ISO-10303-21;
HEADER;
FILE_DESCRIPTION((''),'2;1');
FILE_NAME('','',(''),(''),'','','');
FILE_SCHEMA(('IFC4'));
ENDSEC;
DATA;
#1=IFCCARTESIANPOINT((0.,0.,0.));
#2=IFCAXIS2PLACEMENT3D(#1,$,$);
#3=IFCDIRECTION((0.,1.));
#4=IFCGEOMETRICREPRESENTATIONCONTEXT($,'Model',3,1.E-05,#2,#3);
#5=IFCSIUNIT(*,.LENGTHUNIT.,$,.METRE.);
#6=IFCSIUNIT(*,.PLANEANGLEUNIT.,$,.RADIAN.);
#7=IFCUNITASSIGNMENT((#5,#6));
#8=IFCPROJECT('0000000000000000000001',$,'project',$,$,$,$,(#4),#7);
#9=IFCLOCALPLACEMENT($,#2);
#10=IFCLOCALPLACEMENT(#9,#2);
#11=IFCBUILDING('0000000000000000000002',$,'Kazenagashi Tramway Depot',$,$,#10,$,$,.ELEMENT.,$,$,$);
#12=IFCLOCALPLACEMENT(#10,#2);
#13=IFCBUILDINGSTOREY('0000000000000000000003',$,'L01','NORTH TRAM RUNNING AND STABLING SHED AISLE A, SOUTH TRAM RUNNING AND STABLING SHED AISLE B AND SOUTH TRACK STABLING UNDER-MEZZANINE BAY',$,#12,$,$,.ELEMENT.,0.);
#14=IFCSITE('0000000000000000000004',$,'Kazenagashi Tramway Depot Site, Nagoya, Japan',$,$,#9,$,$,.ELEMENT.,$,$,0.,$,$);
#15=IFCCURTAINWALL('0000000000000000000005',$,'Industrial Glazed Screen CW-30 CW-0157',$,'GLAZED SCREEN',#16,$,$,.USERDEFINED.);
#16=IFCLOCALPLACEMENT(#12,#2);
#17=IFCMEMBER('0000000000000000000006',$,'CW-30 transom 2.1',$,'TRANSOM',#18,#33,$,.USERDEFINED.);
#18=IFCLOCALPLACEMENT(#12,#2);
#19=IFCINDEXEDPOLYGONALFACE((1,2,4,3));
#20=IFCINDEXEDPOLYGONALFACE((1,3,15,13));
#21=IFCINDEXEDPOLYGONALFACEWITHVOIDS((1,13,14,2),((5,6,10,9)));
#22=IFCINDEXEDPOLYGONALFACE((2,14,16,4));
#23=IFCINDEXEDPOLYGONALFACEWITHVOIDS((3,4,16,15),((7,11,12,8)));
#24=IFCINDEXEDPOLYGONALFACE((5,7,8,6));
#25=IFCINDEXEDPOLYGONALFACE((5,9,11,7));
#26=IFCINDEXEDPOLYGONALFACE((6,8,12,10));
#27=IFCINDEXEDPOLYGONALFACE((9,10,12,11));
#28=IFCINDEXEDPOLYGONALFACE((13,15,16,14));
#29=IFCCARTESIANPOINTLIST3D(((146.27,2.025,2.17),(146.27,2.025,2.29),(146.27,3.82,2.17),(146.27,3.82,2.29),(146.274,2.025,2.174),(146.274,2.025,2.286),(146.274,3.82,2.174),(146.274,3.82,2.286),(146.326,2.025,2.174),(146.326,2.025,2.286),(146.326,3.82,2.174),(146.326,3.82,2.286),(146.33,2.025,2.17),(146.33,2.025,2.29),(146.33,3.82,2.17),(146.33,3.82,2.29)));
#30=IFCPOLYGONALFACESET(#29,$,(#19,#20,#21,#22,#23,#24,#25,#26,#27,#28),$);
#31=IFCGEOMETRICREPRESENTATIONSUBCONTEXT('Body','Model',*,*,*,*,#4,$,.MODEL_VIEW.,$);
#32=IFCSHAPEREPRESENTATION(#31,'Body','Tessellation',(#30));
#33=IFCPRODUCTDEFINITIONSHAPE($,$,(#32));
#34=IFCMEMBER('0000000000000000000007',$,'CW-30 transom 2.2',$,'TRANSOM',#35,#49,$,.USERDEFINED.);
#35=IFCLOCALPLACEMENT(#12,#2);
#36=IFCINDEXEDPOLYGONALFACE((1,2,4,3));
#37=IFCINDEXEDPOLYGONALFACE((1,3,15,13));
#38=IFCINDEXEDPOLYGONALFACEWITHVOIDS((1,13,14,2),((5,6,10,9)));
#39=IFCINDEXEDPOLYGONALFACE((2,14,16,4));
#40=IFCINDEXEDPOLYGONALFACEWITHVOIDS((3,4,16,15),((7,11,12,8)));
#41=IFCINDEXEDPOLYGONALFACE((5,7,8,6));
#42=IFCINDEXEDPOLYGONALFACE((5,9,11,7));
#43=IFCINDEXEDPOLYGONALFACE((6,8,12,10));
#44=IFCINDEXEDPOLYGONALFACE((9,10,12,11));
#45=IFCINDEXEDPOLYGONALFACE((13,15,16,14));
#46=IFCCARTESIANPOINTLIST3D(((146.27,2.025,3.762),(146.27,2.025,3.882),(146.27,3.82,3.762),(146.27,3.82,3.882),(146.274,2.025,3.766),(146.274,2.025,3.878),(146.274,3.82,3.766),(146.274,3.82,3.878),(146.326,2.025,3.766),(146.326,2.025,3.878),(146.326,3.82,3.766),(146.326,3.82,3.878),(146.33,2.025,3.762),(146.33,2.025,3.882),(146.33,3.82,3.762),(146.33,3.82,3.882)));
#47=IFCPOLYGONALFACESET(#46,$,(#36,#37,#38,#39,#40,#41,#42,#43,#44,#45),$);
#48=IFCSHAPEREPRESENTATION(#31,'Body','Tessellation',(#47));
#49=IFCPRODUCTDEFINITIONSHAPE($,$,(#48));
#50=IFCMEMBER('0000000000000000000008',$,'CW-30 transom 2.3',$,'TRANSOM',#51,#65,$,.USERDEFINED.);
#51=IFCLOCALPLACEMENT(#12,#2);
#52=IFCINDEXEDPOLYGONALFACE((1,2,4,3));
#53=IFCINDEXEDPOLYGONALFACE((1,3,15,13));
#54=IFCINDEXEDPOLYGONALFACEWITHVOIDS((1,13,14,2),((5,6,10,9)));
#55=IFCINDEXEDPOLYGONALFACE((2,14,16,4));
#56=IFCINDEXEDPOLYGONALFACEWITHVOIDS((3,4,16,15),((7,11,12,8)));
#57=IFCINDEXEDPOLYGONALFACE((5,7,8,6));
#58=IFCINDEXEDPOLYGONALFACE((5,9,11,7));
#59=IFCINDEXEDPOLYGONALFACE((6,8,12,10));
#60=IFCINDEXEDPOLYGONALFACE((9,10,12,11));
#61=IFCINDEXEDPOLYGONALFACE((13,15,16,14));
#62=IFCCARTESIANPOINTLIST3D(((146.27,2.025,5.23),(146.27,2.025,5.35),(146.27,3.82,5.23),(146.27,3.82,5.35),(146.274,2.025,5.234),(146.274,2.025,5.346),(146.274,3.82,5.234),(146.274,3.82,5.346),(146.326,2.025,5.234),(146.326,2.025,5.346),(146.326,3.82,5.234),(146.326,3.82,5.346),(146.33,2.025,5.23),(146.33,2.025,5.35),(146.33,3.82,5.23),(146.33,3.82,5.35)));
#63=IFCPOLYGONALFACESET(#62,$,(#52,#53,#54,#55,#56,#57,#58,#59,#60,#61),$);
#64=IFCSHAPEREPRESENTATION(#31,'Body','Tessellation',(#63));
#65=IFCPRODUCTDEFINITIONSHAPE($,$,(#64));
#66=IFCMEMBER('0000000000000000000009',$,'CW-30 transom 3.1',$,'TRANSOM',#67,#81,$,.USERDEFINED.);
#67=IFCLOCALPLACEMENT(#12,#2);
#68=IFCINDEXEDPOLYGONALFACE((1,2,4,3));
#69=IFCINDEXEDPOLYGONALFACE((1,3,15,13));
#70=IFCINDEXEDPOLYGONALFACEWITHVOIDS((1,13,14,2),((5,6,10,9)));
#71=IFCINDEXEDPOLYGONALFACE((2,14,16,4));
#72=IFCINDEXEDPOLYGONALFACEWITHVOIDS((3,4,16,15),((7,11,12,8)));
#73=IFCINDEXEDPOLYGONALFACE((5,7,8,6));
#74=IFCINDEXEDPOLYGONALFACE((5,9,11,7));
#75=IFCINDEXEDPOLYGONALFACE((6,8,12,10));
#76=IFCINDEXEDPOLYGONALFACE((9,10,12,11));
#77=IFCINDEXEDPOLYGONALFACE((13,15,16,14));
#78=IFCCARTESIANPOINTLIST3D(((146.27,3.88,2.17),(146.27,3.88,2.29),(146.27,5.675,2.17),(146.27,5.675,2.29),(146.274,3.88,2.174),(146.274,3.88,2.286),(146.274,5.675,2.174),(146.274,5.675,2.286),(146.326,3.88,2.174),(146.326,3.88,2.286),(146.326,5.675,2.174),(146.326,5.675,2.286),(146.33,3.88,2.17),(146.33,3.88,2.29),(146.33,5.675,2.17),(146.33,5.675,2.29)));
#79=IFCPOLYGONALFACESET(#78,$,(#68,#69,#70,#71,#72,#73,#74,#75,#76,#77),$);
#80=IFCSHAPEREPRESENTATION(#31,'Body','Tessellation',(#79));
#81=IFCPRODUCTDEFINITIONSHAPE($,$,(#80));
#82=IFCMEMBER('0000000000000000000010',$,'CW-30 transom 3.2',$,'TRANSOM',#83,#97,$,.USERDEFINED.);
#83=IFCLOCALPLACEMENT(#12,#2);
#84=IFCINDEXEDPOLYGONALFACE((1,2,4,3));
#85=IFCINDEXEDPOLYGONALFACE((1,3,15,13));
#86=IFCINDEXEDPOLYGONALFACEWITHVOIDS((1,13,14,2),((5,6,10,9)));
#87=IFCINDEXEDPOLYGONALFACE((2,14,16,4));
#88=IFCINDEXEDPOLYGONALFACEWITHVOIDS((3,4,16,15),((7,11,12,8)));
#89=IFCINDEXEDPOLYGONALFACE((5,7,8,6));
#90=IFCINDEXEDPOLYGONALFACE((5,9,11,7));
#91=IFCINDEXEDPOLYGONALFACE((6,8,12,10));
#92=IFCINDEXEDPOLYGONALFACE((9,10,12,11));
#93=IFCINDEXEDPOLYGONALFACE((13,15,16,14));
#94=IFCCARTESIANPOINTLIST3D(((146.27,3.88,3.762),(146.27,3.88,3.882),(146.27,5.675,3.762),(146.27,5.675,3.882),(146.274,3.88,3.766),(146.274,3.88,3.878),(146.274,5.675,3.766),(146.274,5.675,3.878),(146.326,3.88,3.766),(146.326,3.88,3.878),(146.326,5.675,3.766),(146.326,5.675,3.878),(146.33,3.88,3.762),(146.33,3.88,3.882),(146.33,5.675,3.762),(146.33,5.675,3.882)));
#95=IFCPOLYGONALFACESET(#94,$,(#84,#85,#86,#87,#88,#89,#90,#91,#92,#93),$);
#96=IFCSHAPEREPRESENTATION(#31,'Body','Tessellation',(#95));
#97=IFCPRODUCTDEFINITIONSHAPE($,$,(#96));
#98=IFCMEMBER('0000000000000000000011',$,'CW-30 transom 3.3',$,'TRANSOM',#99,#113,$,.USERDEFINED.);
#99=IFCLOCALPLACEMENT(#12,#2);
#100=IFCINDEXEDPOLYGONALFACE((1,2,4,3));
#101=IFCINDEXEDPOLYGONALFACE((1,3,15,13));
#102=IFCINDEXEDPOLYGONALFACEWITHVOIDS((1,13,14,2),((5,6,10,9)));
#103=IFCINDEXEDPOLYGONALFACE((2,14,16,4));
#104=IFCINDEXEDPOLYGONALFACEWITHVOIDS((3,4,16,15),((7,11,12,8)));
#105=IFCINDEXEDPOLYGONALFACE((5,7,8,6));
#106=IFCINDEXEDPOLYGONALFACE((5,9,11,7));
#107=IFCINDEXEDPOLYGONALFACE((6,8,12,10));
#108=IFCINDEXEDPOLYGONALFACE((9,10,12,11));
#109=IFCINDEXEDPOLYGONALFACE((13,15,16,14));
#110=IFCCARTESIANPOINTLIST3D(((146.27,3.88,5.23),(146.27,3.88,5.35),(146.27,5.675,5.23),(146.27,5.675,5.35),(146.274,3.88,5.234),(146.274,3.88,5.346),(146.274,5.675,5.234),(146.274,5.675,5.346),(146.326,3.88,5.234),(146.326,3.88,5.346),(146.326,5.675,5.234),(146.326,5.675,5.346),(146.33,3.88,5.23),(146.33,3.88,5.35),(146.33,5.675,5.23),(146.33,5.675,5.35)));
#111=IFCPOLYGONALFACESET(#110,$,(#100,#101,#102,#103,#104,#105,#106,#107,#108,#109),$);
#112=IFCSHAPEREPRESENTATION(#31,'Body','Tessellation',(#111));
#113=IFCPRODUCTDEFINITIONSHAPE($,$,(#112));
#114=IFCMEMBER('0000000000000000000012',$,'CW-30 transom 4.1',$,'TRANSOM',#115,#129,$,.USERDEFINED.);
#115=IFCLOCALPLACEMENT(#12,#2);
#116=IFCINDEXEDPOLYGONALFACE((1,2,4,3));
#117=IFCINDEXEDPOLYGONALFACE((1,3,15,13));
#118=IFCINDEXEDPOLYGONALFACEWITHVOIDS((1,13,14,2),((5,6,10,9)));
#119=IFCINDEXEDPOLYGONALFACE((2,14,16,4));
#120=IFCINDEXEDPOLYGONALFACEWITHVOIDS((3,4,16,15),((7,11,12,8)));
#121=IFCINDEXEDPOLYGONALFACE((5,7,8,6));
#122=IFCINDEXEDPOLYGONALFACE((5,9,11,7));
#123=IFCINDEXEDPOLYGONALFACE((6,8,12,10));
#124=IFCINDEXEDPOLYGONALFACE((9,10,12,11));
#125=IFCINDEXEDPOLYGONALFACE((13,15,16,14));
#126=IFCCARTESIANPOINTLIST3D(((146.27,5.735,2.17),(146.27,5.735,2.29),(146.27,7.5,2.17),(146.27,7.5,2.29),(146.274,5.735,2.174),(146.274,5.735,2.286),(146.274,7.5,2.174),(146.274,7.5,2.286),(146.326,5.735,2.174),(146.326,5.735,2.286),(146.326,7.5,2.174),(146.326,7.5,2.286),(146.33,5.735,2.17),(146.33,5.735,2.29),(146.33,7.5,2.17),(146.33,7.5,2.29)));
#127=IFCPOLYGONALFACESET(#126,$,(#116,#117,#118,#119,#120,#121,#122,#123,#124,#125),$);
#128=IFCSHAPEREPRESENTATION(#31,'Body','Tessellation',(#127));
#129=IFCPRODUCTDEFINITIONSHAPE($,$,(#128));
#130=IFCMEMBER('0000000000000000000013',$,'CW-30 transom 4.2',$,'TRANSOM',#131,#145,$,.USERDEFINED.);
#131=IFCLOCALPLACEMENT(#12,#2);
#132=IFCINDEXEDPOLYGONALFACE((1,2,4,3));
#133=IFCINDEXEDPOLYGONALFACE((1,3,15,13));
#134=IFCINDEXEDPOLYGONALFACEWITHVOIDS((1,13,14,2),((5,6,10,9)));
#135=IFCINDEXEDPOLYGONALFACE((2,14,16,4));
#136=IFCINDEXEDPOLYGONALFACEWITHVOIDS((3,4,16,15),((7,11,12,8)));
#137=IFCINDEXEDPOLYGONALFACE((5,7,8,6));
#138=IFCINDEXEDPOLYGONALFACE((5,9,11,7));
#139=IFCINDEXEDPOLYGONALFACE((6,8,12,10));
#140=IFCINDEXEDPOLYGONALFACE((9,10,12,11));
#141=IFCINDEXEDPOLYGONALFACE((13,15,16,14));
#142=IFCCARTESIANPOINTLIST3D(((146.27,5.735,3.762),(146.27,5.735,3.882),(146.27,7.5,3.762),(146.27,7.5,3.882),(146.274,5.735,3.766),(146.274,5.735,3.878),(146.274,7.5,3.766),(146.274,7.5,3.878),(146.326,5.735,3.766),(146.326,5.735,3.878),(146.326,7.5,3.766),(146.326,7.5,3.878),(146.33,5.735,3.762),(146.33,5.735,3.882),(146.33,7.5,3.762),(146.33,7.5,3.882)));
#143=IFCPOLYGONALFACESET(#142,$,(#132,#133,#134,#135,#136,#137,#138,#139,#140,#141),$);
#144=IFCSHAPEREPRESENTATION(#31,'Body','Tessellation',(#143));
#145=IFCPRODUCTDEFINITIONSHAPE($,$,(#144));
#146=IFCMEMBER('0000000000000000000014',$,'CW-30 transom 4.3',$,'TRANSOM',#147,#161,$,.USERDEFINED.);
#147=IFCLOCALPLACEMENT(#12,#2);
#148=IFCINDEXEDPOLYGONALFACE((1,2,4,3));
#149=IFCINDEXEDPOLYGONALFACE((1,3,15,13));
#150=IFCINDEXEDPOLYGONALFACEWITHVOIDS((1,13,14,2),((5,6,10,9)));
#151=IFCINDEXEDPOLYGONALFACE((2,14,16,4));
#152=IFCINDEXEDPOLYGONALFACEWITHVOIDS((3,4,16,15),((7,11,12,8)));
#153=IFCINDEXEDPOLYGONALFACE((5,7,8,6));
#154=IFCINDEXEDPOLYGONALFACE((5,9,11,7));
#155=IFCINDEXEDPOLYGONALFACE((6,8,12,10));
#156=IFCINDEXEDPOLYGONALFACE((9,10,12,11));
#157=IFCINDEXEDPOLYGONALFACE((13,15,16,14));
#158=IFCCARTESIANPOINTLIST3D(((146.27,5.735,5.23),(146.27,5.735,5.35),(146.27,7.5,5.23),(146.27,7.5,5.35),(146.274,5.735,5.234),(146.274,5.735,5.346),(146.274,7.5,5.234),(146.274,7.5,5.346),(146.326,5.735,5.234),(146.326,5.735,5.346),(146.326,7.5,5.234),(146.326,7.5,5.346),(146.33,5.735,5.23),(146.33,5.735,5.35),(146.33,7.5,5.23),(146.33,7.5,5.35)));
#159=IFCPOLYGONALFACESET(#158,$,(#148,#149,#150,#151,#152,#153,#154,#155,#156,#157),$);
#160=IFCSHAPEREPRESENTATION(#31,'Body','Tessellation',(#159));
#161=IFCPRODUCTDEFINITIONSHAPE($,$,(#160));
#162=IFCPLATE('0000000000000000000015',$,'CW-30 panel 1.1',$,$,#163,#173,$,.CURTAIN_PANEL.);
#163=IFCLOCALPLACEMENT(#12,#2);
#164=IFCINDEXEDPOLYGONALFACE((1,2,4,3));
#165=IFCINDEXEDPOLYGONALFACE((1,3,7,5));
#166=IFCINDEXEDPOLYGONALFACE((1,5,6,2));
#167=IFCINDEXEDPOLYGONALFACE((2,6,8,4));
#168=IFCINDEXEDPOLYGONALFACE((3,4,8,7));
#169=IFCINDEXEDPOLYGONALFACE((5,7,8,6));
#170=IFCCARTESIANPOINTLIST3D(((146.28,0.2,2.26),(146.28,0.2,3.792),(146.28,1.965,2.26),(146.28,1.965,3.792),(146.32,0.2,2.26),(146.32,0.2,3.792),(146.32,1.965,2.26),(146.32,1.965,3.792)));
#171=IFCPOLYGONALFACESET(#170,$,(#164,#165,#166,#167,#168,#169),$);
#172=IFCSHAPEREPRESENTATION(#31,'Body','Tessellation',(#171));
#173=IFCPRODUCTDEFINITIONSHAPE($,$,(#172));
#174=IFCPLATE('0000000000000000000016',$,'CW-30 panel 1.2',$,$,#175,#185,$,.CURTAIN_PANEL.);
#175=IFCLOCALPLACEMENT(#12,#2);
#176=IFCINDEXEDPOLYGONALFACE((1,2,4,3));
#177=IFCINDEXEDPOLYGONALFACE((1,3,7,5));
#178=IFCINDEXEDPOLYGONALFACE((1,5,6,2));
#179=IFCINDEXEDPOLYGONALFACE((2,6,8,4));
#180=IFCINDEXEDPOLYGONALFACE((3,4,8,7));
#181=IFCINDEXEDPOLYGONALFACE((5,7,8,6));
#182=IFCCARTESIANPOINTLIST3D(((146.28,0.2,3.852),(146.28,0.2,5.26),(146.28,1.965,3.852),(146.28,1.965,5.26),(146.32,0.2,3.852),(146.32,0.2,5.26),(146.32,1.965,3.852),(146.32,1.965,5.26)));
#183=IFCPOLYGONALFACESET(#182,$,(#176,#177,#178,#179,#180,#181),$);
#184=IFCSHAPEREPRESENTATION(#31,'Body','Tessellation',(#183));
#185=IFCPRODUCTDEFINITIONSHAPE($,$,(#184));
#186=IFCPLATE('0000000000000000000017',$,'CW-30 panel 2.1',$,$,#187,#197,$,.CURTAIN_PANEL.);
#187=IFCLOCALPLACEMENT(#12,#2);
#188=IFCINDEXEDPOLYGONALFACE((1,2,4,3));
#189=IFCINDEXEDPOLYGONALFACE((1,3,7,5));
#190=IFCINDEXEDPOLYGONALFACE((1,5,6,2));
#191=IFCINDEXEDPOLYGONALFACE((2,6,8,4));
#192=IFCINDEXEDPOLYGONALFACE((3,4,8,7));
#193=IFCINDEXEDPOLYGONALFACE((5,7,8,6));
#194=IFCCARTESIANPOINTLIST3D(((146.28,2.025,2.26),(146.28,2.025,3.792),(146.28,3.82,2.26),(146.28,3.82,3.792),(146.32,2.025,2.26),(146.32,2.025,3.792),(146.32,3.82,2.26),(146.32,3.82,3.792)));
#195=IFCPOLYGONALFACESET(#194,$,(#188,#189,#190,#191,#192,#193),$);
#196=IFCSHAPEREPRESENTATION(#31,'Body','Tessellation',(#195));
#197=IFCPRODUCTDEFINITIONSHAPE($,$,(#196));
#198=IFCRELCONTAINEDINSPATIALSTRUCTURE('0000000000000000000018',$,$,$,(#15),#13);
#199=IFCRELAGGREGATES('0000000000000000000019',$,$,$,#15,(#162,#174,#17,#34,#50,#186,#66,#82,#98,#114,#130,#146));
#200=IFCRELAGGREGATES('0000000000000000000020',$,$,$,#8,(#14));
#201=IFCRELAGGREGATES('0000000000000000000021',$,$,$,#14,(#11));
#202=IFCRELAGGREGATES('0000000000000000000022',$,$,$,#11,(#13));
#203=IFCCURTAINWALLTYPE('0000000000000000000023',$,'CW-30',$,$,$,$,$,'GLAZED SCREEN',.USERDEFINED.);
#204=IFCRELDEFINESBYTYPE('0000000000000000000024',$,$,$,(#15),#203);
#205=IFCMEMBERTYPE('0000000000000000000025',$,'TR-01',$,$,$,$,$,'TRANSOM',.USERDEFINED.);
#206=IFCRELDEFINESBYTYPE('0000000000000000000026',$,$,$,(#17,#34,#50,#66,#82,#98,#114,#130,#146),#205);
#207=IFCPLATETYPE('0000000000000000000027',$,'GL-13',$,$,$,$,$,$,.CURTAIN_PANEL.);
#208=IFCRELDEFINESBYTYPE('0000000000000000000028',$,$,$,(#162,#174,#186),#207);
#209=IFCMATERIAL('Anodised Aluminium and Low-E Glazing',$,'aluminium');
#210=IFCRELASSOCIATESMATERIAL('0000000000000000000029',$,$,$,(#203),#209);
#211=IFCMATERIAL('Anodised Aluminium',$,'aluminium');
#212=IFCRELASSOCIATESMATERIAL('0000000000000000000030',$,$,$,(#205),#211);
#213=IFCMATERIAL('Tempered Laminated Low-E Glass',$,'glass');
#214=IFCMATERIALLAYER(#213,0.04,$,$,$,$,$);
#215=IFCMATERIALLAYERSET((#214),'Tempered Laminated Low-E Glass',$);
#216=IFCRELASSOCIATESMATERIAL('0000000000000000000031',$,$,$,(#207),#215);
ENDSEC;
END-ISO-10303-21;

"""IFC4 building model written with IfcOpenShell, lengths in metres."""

from ifc_helpers import new_model, si_unit, direction, frame, origin, origin_2d, place, context, subcontext, project, spatial, rectangle, hollow_rectangle, extrude, material, layer, layer_set, material_profile, profile_set, type_object, element, aggregate, save


model = new_model("IFC4")

# Units and contexts
model_context = context("Model", 3, precision=1e-05, world=origin(), true_north=direction((0.0, 1.0)))
body_context = subcontext(model_context, "Body", "Model", "MODEL_VIEW")
ifc_project = project(units=[si_unit("LENGTHUNIT", "METRE"), si_unit("PLANEANGLEUNIT", "RADIAN")], contexts=[model_context])

# Site, building, storey
site_placement = place(None, origin())
site = spatial("IfcSite", under=ifc_project, at=site_placement, Name="Kazenagashi Tramway Depot Site, Nagoya, Japan", CompositionType="ELEMENT", RefElevation=0.0)
building_placement = place(site_placement, origin())
building = spatial("IfcBuilding", under=site, at=building_placement, Name="Kazenagashi Tramway Depot", CompositionType="ELEMENT")
storey_placement = place(building_placement, origin())
storey = spatial("IfcBuildingStorey", under=building, at=storey_placement, Name="L01", Description="NORTH TRAM RUNNING AND STABLING SHED AISLE A, SOUTH TRAM RUNNING AND STABLING SHED AISLE B AND SOUTH TRACK STABLING UNDER-MEZZANINE BAY", CompositionType="ELEMENT", Elevation=0.0)

# Curtain wall
ifc_material_1 = material(Name="Anodised Aluminium and Low-E Glazing", Category="aluminium")
curtain_wall_type = type_object("IfcCurtainWallType", Name="CW-30", ElementType="GLAZED SCREEN", PredefinedType="USERDEFINED", material=ifc_material_1)
curtain_wall_1_placement = place(storey_placement, origin())
curtain_wall_1 = element("IfcCurtainWall", 1, at=curtain_wall_1_placement, inside=storey, type_object=curtain_wall_type, Name="Industrial Glazed Screen CW-30 CW-0157", ObjectType="GLAZED SCREEN", PredefinedType="USERDEFINED")
ifc_material_2 = material(Name="Anodised Aluminium", Category="aluminium")

# Members
ifc_material_profile_1 = material_profile(ifc_material_2, hollow_rectangle(XDim=0.06, YDim=0.12, WallThickness=0.004, at=origin_2d()), Name="RHS-120x60x4")
ifc_profile_set_1 = profile_set([ifc_material_profile_1], Name="Anodised Aluminium")
member_type_1 = type_object("IfcMemberType", Name="TR-01", ElementType="TRANSOM", PredefinedType="USERDEFINED", material=ifc_profile_set_1)
member_1_placement = place(storey_placement, frame((146.3, 2.025, 2.23), z_axis=(0.0, 1.0, 0.0), x_axis=(-1.0, 0.0, 0.0)))
member_1 = element("IfcMember", 2, at=member_1_placement, type_object=member_type_1, Name="CW-30 transom 2.1", ObjectType="TRANSOM", PredefinedType="USERDEFINED", context=body_context, shape_type="SweptSolid", body=[
    extrude(hollow_rectangle(XDim=0.06, YDim=0.12, WallThickness=0.004, at=origin_2d()), origin(), (0.0, 0.0, 1.0), 1.795),
])
member_2_placement = place(storey_placement, frame((146.3, 2.025, 3.822), z_axis=(0.0, 1.0, 0.0), x_axis=(-1.0, 0.0, 0.0)))
member_2 = element("IfcMember", 3, at=member_2_placement, type_object=member_type_1, Name="CW-30 transom 2.2", ObjectType="TRANSOM", PredefinedType="USERDEFINED", context=body_context, shape_type="SweptSolid", body=[
    extrude(hollow_rectangle(XDim=0.06, YDim=0.12, WallThickness=0.004, at=origin_2d()), origin(), (0.0, 0.0, 1.0), 1.795),
])
member_3_placement = place(storey_placement, frame((146.3, 2.025, 5.29), z_axis=(0.0, 1.0, 0.0), x_axis=(-1.0, 0.0, 0.0)))
member_3 = element("IfcMember", 4, at=member_3_placement, type_object=member_type_1, Name="CW-30 transom 2.3", ObjectType="TRANSOM", PredefinedType="USERDEFINED", context=body_context, shape_type="SweptSolid", body=[
    extrude(hollow_rectangle(XDim=0.06, YDim=0.12, WallThickness=0.004, at=origin_2d()), origin(), (0.0, 0.0, 1.0), 1.795),
])
member_4_placement = place(storey_placement, frame((146.3, 3.88, 2.23), z_axis=(0.0, 1.0, 0.0), x_axis=(-1.0, 0.0, 0.0)))
member_4 = element("IfcMember", 5, at=member_4_placement, type_object=member_type_1, Name="CW-30 transom 3.1", ObjectType="TRANSOM", PredefinedType="USERDEFINED", context=body_context, shape_type="SweptSolid", body=[
    extrude(hollow_rectangle(XDim=0.06, YDim=0.12, WallThickness=0.004, at=origin_2d()), origin(), (0.0, 0.0, 1.0), 1.795),
])
member_5_placement = place(storey_placement, frame((146.3, 3.88, 3.822), z_axis=(0.0, 1.0, 0.0), x_axis=(-1.0, 0.0, 0.0)))
member_5 = element("IfcMember", 6, at=member_5_placement, type_object=member_type_1, Name="CW-30 transom 3.2", ObjectType="TRANSOM", PredefinedType="USERDEFINED", context=body_context, shape_type="SweptSolid", body=[
    extrude(hollow_rectangle(XDim=0.06, YDim=0.12, WallThickness=0.004, at=origin_2d()), origin(), (0.0, 0.0, 1.0), 1.795),
])
member_6_placement = place(storey_placement, frame((146.3, 3.88, 5.29), z_axis=(0.0, 1.0, 0.0), x_axis=(-1.0, 0.0, 0.0)))
member_6 = element("IfcMember", 7, at=member_6_placement, type_object=member_type_1, Name="CW-30 transom 3.3", ObjectType="TRANSOM", PredefinedType="USERDEFINED", context=body_context, shape_type="SweptSolid", body=[
    extrude(hollow_rectangle(XDim=0.06, YDim=0.12, WallThickness=0.004, at=origin_2d()), origin(), (0.0, 0.0, 1.0), 1.795),
])
member_7_placement = place(storey_placement, frame((146.3, 5.735, 2.23), z_axis=(0.0, 1.0, 0.0), x_axis=(-1.0, 0.0, 0.0)))
member_7 = element("IfcMember", 8, at=member_7_placement, type_object=member_type_1, Name="CW-30 transom 4.1", ObjectType="TRANSOM", PredefinedType="USERDEFINED", context=body_context, shape_type="SweptSolid", body=[
    extrude(hollow_rectangle(XDim=0.06, YDim=0.12, WallThickness=0.004, at=origin_2d()), origin(), (0.0, 0.0, 1.0), 1.765),
])
member_8_placement = place(storey_placement, frame((146.3, 5.735, 3.822), z_axis=(0.0, 1.0, 0.0), x_axis=(-1.0, 0.0, 0.0)))
member_8 = element("IfcMember", 9, at=member_8_placement, type_object=member_type_1, Name="CW-30 transom 4.2", ObjectType="TRANSOM", PredefinedType="USERDEFINED", context=body_context, shape_type="SweptSolid", body=[
    extrude(hollow_rectangle(XDim=0.06, YDim=0.12, WallThickness=0.004, at=origin_2d()), origin(), (0.0, 0.0, 1.0), 1.765),
])
member_9_placement = place(storey_placement, frame((146.3, 5.735, 5.29), z_axis=(0.0, 1.0, 0.0), x_axis=(-1.0, 0.0, 0.0)))
member_9 = element("IfcMember", 10, at=member_9_placement, type_object=member_type_1, Name="CW-30 transom 4.3", ObjectType="TRANSOM", PredefinedType="USERDEFINED", context=body_context, shape_type="SweptSolid", body=[
    extrude(hollow_rectangle(XDim=0.06, YDim=0.12, WallThickness=0.004, at=origin_2d()), origin(), (0.0, 0.0, 1.0), 1.765),
])

# Plates
ifc_material_3 = material(Name="Tempered Laminated Low-E Glass", Category="glass")
ifc_layer_1 = layer(ifc_material_3, 0.04)
ifc_layer_set_1 = layer_set([ifc_layer_1], Name="Tempered Laminated Low-E Glass")
plate_type = type_object("IfcPlateType", Name="GL-13", PredefinedType="CURTAIN_PANEL", material=ifc_layer_set_1)
plate_1_placement = place(storey_placement, frame((146.3, 1.0825, 2.26), z_axis=(0.0, 0.0, 1.0), x_axis=(0.0, 1.0, 0.0)))
plate_1 = element("IfcPlate", 11, at=plate_1_placement, type_object=plate_type, Name="CW-30 panel 1.1", PredefinedType="CURTAIN_PANEL", context=body_context, shape_type="SweptSolid", body=[
    extrude(rectangle(XDim=1.765, YDim=0.04, at=origin_2d()), origin(), (0.0, 0.0, 1.0), 1.532),
])
plate_2_placement = place(storey_placement, frame((146.3, 1.0825, 3.852), z_axis=(0.0, 0.0, 1.0), x_axis=(0.0, 1.0, 0.0)))
plate_2 = element("IfcPlate", 12, at=plate_2_placement, type_object=plate_type, Name="CW-30 panel 1.2", PredefinedType="CURTAIN_PANEL", context=body_context, shape_type="SweptSolid", body=[
    extrude(rectangle(XDim=1.765, YDim=0.04, at=origin_2d()), origin(), (0.0, 0.0, 1.0), 1.408),
])
plate_3_placement = place(storey_placement, frame((146.3, 2.9225, 2.26), z_axis=(0.0, 0.0, 1.0), x_axis=(0.0, 1.0, 0.0)))
plate_3 = element("IfcPlate", 13, at=plate_3_placement, type_object=plate_type, Name="CW-30 panel 2.1", PredefinedType="CURTAIN_PANEL", context=body_context, shape_type="SweptSolid", body=[
    extrude(rectangle(XDim=1.795, YDim=0.04, at=origin_2d()), origin(), (0.0, 0.0, 1.0), 1.532),
])
aggregate(curtain_wall_1, [plate_1, plate_2, member_1, member_2, member_3, plate_3, member_4, member_5, member_6, member_7, member_8, member_9])

save(model, "model.ifc")
